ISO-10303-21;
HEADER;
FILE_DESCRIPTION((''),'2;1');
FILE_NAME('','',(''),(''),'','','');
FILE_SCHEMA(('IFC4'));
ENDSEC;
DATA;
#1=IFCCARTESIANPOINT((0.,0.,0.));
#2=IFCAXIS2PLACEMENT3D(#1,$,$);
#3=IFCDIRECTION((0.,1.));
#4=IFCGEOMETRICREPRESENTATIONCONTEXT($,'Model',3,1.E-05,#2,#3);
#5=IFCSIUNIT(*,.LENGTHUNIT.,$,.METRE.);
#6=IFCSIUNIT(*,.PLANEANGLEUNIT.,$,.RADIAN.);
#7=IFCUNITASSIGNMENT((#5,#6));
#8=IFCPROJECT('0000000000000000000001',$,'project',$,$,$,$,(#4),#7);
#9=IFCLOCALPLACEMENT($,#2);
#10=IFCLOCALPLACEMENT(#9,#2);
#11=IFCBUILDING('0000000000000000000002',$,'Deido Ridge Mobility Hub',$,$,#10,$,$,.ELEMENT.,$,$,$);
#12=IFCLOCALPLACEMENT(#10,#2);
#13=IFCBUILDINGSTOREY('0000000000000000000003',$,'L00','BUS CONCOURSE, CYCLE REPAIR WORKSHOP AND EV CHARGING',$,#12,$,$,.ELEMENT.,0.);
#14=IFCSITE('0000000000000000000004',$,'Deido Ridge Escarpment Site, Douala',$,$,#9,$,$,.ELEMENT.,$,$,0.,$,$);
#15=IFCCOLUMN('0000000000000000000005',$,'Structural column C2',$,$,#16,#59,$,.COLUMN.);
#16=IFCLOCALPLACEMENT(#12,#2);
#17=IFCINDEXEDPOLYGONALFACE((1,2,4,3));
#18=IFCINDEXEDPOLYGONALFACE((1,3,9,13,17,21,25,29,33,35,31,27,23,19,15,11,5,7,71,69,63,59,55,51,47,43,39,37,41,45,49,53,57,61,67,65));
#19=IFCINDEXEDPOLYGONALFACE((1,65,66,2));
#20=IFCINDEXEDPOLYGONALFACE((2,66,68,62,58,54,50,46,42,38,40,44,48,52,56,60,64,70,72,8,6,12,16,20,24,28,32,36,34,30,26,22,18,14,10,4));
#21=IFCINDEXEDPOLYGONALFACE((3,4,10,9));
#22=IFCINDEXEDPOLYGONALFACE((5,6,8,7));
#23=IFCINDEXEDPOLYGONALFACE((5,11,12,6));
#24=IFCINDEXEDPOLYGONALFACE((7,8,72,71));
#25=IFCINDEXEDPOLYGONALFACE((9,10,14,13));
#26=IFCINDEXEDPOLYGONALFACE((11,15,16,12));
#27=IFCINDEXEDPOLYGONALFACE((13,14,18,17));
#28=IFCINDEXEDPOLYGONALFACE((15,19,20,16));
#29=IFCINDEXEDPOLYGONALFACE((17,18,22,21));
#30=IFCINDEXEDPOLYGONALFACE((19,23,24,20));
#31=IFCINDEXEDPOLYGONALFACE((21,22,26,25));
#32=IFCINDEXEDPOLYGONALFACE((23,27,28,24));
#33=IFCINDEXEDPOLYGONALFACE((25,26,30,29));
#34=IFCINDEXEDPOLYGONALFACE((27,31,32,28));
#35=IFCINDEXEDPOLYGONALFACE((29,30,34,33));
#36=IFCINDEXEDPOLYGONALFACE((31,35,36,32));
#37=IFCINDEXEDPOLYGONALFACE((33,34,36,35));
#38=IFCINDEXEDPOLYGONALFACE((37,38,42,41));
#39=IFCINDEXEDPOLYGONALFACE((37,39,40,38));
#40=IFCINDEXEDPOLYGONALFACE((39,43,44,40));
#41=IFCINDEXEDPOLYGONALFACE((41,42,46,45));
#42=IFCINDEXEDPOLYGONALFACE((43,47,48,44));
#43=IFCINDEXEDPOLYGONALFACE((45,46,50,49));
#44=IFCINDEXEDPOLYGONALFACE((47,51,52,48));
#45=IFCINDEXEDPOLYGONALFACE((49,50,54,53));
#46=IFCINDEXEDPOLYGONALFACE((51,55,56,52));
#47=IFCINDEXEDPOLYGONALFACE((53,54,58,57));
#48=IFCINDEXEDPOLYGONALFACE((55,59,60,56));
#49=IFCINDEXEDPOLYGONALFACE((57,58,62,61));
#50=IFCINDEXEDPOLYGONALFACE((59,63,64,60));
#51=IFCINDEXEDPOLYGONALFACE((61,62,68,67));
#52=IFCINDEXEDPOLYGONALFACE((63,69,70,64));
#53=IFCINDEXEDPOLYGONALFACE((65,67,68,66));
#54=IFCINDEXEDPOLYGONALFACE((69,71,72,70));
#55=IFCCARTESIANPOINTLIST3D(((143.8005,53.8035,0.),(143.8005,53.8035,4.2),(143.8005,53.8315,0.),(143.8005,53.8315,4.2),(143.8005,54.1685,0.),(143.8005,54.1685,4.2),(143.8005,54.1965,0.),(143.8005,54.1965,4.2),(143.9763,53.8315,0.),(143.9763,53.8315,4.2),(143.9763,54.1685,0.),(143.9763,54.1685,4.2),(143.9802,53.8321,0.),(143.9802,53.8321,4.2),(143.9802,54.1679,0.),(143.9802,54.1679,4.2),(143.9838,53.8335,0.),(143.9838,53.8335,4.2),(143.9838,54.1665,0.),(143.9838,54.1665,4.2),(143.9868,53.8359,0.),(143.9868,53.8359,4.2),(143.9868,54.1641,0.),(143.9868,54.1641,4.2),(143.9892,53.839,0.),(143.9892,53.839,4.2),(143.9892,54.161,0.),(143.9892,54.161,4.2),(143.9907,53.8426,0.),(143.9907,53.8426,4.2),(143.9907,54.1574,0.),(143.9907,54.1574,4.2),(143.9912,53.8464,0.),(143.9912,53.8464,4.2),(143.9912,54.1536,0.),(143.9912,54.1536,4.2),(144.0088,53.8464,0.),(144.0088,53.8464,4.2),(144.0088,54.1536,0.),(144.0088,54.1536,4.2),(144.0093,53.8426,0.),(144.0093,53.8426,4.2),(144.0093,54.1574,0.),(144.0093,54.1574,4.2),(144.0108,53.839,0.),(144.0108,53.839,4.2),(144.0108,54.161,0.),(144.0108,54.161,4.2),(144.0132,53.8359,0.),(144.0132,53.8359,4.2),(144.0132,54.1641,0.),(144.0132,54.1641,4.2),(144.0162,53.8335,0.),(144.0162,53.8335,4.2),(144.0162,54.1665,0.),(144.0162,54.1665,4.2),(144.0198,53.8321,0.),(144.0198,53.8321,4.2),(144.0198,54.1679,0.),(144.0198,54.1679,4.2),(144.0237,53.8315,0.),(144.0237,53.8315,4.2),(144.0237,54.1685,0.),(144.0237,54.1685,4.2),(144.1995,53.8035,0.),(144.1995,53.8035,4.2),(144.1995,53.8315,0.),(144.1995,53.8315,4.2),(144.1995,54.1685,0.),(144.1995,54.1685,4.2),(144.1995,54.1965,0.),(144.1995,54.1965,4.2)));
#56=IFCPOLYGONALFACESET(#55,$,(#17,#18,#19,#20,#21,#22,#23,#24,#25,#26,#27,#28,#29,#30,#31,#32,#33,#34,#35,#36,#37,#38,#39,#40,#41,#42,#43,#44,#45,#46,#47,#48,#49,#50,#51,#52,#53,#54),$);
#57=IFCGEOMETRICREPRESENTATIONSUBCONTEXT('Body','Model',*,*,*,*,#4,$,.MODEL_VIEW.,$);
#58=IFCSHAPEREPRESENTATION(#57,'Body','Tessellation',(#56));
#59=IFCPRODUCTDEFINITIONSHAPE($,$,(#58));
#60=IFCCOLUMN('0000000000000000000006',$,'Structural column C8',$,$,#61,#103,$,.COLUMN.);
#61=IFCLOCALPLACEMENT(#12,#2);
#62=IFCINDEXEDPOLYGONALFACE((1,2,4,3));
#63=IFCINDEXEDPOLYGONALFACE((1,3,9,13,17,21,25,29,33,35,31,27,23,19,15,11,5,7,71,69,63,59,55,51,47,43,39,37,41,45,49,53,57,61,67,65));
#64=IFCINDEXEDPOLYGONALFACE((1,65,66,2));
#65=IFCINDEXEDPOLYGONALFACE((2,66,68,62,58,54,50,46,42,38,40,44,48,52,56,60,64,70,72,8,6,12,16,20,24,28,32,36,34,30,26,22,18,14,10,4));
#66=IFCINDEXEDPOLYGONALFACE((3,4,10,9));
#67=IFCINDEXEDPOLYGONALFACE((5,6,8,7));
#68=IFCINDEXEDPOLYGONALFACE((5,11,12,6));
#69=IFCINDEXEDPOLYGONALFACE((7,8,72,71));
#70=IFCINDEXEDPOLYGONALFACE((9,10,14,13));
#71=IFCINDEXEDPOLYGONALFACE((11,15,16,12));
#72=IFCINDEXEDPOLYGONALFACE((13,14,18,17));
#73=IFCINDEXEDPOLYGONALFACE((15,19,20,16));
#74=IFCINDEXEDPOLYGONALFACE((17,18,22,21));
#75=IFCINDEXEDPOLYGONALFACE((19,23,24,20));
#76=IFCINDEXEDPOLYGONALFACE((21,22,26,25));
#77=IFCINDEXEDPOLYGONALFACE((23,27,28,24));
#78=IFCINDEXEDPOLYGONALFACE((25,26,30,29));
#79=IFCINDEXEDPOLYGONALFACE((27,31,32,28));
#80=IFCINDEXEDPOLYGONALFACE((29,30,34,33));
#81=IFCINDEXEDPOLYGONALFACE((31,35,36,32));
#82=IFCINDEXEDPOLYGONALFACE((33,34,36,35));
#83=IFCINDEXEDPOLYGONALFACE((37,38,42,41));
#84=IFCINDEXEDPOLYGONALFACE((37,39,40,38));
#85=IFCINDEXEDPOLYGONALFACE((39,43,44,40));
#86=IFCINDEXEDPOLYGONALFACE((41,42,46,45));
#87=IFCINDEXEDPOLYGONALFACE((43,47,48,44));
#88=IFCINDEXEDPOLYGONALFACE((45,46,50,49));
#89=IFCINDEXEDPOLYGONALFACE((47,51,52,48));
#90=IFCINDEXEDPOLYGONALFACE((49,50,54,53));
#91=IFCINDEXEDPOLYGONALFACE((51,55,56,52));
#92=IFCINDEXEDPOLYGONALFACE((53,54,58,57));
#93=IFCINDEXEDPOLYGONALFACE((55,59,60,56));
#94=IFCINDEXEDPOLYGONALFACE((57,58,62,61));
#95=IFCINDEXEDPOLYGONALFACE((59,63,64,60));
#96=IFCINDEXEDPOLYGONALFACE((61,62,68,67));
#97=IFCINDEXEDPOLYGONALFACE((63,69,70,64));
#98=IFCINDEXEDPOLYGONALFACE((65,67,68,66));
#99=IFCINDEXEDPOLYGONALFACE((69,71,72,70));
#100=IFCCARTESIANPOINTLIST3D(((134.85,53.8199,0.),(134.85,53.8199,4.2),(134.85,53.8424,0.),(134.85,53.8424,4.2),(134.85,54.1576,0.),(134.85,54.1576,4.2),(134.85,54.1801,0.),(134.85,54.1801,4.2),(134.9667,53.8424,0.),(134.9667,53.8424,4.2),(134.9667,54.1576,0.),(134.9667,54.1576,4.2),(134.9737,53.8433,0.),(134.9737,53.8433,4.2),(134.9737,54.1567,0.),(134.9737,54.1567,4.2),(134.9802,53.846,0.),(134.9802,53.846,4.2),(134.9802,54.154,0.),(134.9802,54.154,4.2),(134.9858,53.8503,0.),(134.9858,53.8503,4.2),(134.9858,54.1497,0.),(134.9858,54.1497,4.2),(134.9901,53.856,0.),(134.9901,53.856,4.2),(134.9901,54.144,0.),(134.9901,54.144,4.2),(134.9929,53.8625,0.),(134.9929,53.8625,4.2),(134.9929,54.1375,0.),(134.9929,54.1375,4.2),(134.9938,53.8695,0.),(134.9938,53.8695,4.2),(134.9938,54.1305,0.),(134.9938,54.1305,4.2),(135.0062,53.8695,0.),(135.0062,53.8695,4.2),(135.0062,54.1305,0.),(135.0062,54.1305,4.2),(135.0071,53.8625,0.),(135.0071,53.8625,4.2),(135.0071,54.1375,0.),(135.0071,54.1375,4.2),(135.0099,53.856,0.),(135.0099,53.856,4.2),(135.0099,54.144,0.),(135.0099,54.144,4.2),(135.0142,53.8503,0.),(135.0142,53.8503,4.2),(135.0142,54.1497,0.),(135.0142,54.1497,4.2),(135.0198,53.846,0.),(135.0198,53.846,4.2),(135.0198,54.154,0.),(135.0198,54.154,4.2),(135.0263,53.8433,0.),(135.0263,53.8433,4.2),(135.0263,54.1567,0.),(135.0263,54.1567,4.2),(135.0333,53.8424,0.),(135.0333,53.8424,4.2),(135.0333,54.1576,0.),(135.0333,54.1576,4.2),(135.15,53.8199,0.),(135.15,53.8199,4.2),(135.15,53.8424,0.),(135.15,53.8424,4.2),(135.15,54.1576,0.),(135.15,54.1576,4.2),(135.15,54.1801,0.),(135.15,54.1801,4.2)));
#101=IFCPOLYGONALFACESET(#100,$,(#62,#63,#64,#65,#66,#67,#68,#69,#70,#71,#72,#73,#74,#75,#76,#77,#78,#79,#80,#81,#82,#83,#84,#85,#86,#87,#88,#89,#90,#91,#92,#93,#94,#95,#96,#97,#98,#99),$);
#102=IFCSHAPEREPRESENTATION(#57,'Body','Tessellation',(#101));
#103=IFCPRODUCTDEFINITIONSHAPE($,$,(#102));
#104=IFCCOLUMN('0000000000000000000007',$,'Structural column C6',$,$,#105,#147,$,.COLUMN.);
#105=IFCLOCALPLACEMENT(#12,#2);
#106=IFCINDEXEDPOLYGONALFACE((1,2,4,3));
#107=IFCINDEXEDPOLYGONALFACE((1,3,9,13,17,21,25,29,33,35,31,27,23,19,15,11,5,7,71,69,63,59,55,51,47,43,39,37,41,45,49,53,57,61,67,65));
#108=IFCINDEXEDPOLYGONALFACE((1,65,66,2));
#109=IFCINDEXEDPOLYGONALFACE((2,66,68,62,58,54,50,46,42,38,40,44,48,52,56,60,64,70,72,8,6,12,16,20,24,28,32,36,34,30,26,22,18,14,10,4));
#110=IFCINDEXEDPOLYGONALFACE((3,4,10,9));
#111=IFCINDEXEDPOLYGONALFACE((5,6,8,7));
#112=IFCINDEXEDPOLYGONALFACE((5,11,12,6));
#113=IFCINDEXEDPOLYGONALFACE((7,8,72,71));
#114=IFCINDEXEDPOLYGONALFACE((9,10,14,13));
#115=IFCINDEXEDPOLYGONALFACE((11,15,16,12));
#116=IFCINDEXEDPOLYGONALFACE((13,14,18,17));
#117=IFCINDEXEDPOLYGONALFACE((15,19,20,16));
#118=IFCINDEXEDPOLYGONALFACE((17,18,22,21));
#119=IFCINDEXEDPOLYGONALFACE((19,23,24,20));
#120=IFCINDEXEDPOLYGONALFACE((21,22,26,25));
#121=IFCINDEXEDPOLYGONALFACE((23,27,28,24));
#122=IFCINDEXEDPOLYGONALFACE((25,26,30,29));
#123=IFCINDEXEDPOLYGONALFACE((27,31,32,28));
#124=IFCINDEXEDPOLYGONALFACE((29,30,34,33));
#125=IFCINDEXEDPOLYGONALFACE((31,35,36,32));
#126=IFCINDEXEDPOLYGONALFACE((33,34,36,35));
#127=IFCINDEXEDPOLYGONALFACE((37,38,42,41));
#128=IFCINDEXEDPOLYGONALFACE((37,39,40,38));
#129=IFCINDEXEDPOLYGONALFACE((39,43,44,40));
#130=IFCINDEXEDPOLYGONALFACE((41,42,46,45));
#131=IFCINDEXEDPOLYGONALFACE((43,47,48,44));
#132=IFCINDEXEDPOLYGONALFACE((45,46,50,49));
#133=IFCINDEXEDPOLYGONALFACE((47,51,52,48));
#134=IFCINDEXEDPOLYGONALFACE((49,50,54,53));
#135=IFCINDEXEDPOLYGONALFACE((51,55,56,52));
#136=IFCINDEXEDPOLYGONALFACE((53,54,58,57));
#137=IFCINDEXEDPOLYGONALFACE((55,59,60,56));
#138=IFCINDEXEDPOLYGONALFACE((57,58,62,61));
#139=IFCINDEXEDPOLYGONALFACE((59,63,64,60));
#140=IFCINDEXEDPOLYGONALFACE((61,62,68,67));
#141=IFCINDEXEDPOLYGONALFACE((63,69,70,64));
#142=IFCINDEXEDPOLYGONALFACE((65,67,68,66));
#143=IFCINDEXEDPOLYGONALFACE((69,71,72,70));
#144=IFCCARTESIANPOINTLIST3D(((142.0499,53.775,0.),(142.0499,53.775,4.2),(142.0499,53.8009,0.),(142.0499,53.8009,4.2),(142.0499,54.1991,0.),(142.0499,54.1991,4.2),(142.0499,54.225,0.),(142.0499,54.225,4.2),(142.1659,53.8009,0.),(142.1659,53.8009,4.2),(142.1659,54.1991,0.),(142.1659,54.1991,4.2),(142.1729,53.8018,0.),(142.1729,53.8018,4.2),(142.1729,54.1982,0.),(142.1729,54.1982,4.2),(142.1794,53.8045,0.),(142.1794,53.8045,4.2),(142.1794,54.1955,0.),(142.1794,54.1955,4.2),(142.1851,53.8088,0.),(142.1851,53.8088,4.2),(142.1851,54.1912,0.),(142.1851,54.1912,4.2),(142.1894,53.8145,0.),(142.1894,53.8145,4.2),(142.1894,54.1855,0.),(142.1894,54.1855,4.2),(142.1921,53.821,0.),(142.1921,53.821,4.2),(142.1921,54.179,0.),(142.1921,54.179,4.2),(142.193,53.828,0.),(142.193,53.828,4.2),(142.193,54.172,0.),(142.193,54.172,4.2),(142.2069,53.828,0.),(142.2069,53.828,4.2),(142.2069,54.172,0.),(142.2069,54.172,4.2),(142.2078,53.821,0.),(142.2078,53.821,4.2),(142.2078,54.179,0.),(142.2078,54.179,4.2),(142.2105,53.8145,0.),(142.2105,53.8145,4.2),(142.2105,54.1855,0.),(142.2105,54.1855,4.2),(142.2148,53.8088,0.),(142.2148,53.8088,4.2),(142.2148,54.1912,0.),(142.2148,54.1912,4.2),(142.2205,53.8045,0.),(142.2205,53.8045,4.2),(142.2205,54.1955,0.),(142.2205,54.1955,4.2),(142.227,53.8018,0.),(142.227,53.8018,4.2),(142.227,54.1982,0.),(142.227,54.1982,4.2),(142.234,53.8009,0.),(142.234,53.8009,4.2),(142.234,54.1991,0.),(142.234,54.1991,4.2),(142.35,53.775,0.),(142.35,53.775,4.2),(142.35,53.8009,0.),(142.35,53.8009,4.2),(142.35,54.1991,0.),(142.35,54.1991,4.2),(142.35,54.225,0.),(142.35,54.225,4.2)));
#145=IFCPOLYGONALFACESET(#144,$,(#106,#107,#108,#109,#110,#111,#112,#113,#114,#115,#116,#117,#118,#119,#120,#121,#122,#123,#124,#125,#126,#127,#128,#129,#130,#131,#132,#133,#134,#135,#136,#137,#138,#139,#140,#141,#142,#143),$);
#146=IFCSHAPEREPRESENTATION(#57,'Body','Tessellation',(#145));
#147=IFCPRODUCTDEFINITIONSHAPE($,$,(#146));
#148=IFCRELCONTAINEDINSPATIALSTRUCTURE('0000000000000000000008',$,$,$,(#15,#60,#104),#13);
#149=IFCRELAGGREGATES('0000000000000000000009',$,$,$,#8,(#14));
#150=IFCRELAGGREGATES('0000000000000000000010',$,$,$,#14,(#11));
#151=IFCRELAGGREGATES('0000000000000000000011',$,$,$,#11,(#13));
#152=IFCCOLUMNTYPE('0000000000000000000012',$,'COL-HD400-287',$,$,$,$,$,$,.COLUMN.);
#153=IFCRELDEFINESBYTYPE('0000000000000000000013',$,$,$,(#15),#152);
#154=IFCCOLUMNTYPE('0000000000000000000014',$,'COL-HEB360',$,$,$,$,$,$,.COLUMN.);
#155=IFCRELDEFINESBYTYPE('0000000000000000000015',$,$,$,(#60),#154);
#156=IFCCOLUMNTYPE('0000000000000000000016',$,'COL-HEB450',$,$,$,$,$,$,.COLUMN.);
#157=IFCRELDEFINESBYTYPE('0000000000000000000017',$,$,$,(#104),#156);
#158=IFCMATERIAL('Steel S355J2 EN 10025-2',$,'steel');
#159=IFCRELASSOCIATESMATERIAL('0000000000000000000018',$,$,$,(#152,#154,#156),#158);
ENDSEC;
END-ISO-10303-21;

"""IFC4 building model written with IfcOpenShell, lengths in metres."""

from ifc_helpers import new_model, si_unit, direction, frame, origin, origin_2d, place, context, subcontext, project, spatial, i_section, extrude, material, material_profile, profile_set, type_object, element, save


model = new_model("IFC4")

# Units and contexts
model_context = context("Model", 3, precision=1e-05, world=origin(), true_north=direction((0.0, 1.0)))
body_context = subcontext(model_context, "Body", "Model", "MODEL_VIEW")
ifc_project = project(units=[si_unit("LENGTHUNIT", "METRE"), si_unit("PLANEANGLEUNIT", "RADIAN")], contexts=[model_context])

# Site, building, storey
site_placement = place(None, origin())
site = spatial("IfcSite", under=ifc_project, at=site_placement, Name="Deido Ridge Escarpment Site, Douala", CompositionType="ELEMENT", RefElevation=0.0)
building_placement = place(site_placement, origin())
building = spatial("IfcBuilding", under=site, at=building_placement, Name="Deido Ridge Mobility Hub", CompositionType="ELEMENT")
storey_placement = place(building_placement, origin())
storey = spatial("IfcBuildingStorey", under=building, at=storey_placement, Name="L00", Description="BUS CONCOURSE, CYCLE REPAIR WORKSHOP AND EV CHARGING", CompositionType="ELEMENT", Elevation=0.0)

# Columns
ifc_material = material(Name="Steel S355J2 EN 10025-2", Category="steel")
ifc_material_profile_1 = material_profile(ifc_material, i_section(OverallWidth=0.3989, OverallDepth=0.3931, WebThickness=0.0176, FlangeThickness=0.0281, FilletRadius=0.0149, at=origin_2d()), Name="HD 400x287")
ifc_profile_set_1 = profile_set([ifc_material_profile_1], Name="Steel S355J2 EN 10025-2")
column_type_1 = type_object("IfcColumnType", Name="COL-HD400-287", PredefinedType="COLUMN", material=ifc_profile_set_1)
column_1_placement = place(storey_placement, frame((144.0, 54.0, 0.0), z_axis=(0.0, 0.0, 1.0), x_axis=(1.0, 0.0, 0.0)))
element("IfcColumn", 1, at=column_1_placement, inside=storey, type_object=column_type_1, Name="Structural column C2", PredefinedType="COLUMN", context=body_context, shape_type="SweptSolid", body=[
    extrude(i_section(OverallWidth=0.3989, OverallDepth=0.3931, WebThickness=0.0176, FlangeThickness=0.0281, FilletRadius=0.0149, at=origin_2d()), origin(), (0.0, 0.0, 1.0), 4.2),
])
ifc_material_profile_2 = material_profile(ifc_material, i_section(OverallWidth=0.3, OverallDepth=0.3601, WebThickness=0.0125, FlangeThickness=0.0225, FilletRadius=0.0271, at=origin_2d()), Name="HEB 360")
ifc_profile_set_2 = profile_set([ifc_material_profile_2], Name="Steel S355J2 EN 10025-2")
column_type_2 = type_object("IfcColumnType", Name="COL-HEB360", PredefinedType="COLUMN", material=ifc_profile_set_2)
column_2_placement = place(storey_placement, frame((135.0, 54.0, 0.0), z_axis=(0.0, 0.0, 1.0), x_axis=(1.0, 0.0, 0.0)))
element("IfcColumn", 2, at=column_2_placement, inside=storey, type_object=column_type_2, Name="Structural column C8", PredefinedType="COLUMN", context=body_context, shape_type="SweptSolid", body=[
    extrude(i_section(OverallWidth=0.3, OverallDepth=0.3601, WebThickness=0.0125, FlangeThickness=0.0225, FilletRadius=0.0271, at=origin_2d()), origin(), (0.0, 0.0, 1.0), 4.2),
])
ifc_material_profile_3 = material_profile(ifc_material, i_section(OverallWidth=0.3, OverallDepth=0.45, WebThickness=0.0139, FlangeThickness=0.0259, FilletRadius=0.0271, at=origin_2d()), Name="HEB 450")
ifc_profile_set_3 = profile_set([ifc_material_profile_3], Name="Steel S355J2 EN 10025-2")
column_type_3 = type_object("IfcColumnType", Name="COL-HEB450", PredefinedType="COLUMN", material=ifc_profile_set_3)
column_3_placement = place(storey_placement, frame((142.2, 54.0, 0.0), z_axis=(0.0, 0.0, 1.0), x_axis=(1.0, 0.0, 0.0)))
element("IfcColumn", 3, at=column_3_placement, inside=storey, type_object=column_type_3, Name="Structural column C6", PredefinedType="COLUMN", context=body_context, shape_type="SweptSolid", body=[
    extrude(i_section(OverallWidth=0.3, OverallDepth=0.45, WebThickness=0.0139, FlangeThickness=0.0259, FilletRadius=0.0271, at=origin_2d()), origin(), (0.0, 0.0, 1.0), 4.2),
])

save(model, "model.ifc")
